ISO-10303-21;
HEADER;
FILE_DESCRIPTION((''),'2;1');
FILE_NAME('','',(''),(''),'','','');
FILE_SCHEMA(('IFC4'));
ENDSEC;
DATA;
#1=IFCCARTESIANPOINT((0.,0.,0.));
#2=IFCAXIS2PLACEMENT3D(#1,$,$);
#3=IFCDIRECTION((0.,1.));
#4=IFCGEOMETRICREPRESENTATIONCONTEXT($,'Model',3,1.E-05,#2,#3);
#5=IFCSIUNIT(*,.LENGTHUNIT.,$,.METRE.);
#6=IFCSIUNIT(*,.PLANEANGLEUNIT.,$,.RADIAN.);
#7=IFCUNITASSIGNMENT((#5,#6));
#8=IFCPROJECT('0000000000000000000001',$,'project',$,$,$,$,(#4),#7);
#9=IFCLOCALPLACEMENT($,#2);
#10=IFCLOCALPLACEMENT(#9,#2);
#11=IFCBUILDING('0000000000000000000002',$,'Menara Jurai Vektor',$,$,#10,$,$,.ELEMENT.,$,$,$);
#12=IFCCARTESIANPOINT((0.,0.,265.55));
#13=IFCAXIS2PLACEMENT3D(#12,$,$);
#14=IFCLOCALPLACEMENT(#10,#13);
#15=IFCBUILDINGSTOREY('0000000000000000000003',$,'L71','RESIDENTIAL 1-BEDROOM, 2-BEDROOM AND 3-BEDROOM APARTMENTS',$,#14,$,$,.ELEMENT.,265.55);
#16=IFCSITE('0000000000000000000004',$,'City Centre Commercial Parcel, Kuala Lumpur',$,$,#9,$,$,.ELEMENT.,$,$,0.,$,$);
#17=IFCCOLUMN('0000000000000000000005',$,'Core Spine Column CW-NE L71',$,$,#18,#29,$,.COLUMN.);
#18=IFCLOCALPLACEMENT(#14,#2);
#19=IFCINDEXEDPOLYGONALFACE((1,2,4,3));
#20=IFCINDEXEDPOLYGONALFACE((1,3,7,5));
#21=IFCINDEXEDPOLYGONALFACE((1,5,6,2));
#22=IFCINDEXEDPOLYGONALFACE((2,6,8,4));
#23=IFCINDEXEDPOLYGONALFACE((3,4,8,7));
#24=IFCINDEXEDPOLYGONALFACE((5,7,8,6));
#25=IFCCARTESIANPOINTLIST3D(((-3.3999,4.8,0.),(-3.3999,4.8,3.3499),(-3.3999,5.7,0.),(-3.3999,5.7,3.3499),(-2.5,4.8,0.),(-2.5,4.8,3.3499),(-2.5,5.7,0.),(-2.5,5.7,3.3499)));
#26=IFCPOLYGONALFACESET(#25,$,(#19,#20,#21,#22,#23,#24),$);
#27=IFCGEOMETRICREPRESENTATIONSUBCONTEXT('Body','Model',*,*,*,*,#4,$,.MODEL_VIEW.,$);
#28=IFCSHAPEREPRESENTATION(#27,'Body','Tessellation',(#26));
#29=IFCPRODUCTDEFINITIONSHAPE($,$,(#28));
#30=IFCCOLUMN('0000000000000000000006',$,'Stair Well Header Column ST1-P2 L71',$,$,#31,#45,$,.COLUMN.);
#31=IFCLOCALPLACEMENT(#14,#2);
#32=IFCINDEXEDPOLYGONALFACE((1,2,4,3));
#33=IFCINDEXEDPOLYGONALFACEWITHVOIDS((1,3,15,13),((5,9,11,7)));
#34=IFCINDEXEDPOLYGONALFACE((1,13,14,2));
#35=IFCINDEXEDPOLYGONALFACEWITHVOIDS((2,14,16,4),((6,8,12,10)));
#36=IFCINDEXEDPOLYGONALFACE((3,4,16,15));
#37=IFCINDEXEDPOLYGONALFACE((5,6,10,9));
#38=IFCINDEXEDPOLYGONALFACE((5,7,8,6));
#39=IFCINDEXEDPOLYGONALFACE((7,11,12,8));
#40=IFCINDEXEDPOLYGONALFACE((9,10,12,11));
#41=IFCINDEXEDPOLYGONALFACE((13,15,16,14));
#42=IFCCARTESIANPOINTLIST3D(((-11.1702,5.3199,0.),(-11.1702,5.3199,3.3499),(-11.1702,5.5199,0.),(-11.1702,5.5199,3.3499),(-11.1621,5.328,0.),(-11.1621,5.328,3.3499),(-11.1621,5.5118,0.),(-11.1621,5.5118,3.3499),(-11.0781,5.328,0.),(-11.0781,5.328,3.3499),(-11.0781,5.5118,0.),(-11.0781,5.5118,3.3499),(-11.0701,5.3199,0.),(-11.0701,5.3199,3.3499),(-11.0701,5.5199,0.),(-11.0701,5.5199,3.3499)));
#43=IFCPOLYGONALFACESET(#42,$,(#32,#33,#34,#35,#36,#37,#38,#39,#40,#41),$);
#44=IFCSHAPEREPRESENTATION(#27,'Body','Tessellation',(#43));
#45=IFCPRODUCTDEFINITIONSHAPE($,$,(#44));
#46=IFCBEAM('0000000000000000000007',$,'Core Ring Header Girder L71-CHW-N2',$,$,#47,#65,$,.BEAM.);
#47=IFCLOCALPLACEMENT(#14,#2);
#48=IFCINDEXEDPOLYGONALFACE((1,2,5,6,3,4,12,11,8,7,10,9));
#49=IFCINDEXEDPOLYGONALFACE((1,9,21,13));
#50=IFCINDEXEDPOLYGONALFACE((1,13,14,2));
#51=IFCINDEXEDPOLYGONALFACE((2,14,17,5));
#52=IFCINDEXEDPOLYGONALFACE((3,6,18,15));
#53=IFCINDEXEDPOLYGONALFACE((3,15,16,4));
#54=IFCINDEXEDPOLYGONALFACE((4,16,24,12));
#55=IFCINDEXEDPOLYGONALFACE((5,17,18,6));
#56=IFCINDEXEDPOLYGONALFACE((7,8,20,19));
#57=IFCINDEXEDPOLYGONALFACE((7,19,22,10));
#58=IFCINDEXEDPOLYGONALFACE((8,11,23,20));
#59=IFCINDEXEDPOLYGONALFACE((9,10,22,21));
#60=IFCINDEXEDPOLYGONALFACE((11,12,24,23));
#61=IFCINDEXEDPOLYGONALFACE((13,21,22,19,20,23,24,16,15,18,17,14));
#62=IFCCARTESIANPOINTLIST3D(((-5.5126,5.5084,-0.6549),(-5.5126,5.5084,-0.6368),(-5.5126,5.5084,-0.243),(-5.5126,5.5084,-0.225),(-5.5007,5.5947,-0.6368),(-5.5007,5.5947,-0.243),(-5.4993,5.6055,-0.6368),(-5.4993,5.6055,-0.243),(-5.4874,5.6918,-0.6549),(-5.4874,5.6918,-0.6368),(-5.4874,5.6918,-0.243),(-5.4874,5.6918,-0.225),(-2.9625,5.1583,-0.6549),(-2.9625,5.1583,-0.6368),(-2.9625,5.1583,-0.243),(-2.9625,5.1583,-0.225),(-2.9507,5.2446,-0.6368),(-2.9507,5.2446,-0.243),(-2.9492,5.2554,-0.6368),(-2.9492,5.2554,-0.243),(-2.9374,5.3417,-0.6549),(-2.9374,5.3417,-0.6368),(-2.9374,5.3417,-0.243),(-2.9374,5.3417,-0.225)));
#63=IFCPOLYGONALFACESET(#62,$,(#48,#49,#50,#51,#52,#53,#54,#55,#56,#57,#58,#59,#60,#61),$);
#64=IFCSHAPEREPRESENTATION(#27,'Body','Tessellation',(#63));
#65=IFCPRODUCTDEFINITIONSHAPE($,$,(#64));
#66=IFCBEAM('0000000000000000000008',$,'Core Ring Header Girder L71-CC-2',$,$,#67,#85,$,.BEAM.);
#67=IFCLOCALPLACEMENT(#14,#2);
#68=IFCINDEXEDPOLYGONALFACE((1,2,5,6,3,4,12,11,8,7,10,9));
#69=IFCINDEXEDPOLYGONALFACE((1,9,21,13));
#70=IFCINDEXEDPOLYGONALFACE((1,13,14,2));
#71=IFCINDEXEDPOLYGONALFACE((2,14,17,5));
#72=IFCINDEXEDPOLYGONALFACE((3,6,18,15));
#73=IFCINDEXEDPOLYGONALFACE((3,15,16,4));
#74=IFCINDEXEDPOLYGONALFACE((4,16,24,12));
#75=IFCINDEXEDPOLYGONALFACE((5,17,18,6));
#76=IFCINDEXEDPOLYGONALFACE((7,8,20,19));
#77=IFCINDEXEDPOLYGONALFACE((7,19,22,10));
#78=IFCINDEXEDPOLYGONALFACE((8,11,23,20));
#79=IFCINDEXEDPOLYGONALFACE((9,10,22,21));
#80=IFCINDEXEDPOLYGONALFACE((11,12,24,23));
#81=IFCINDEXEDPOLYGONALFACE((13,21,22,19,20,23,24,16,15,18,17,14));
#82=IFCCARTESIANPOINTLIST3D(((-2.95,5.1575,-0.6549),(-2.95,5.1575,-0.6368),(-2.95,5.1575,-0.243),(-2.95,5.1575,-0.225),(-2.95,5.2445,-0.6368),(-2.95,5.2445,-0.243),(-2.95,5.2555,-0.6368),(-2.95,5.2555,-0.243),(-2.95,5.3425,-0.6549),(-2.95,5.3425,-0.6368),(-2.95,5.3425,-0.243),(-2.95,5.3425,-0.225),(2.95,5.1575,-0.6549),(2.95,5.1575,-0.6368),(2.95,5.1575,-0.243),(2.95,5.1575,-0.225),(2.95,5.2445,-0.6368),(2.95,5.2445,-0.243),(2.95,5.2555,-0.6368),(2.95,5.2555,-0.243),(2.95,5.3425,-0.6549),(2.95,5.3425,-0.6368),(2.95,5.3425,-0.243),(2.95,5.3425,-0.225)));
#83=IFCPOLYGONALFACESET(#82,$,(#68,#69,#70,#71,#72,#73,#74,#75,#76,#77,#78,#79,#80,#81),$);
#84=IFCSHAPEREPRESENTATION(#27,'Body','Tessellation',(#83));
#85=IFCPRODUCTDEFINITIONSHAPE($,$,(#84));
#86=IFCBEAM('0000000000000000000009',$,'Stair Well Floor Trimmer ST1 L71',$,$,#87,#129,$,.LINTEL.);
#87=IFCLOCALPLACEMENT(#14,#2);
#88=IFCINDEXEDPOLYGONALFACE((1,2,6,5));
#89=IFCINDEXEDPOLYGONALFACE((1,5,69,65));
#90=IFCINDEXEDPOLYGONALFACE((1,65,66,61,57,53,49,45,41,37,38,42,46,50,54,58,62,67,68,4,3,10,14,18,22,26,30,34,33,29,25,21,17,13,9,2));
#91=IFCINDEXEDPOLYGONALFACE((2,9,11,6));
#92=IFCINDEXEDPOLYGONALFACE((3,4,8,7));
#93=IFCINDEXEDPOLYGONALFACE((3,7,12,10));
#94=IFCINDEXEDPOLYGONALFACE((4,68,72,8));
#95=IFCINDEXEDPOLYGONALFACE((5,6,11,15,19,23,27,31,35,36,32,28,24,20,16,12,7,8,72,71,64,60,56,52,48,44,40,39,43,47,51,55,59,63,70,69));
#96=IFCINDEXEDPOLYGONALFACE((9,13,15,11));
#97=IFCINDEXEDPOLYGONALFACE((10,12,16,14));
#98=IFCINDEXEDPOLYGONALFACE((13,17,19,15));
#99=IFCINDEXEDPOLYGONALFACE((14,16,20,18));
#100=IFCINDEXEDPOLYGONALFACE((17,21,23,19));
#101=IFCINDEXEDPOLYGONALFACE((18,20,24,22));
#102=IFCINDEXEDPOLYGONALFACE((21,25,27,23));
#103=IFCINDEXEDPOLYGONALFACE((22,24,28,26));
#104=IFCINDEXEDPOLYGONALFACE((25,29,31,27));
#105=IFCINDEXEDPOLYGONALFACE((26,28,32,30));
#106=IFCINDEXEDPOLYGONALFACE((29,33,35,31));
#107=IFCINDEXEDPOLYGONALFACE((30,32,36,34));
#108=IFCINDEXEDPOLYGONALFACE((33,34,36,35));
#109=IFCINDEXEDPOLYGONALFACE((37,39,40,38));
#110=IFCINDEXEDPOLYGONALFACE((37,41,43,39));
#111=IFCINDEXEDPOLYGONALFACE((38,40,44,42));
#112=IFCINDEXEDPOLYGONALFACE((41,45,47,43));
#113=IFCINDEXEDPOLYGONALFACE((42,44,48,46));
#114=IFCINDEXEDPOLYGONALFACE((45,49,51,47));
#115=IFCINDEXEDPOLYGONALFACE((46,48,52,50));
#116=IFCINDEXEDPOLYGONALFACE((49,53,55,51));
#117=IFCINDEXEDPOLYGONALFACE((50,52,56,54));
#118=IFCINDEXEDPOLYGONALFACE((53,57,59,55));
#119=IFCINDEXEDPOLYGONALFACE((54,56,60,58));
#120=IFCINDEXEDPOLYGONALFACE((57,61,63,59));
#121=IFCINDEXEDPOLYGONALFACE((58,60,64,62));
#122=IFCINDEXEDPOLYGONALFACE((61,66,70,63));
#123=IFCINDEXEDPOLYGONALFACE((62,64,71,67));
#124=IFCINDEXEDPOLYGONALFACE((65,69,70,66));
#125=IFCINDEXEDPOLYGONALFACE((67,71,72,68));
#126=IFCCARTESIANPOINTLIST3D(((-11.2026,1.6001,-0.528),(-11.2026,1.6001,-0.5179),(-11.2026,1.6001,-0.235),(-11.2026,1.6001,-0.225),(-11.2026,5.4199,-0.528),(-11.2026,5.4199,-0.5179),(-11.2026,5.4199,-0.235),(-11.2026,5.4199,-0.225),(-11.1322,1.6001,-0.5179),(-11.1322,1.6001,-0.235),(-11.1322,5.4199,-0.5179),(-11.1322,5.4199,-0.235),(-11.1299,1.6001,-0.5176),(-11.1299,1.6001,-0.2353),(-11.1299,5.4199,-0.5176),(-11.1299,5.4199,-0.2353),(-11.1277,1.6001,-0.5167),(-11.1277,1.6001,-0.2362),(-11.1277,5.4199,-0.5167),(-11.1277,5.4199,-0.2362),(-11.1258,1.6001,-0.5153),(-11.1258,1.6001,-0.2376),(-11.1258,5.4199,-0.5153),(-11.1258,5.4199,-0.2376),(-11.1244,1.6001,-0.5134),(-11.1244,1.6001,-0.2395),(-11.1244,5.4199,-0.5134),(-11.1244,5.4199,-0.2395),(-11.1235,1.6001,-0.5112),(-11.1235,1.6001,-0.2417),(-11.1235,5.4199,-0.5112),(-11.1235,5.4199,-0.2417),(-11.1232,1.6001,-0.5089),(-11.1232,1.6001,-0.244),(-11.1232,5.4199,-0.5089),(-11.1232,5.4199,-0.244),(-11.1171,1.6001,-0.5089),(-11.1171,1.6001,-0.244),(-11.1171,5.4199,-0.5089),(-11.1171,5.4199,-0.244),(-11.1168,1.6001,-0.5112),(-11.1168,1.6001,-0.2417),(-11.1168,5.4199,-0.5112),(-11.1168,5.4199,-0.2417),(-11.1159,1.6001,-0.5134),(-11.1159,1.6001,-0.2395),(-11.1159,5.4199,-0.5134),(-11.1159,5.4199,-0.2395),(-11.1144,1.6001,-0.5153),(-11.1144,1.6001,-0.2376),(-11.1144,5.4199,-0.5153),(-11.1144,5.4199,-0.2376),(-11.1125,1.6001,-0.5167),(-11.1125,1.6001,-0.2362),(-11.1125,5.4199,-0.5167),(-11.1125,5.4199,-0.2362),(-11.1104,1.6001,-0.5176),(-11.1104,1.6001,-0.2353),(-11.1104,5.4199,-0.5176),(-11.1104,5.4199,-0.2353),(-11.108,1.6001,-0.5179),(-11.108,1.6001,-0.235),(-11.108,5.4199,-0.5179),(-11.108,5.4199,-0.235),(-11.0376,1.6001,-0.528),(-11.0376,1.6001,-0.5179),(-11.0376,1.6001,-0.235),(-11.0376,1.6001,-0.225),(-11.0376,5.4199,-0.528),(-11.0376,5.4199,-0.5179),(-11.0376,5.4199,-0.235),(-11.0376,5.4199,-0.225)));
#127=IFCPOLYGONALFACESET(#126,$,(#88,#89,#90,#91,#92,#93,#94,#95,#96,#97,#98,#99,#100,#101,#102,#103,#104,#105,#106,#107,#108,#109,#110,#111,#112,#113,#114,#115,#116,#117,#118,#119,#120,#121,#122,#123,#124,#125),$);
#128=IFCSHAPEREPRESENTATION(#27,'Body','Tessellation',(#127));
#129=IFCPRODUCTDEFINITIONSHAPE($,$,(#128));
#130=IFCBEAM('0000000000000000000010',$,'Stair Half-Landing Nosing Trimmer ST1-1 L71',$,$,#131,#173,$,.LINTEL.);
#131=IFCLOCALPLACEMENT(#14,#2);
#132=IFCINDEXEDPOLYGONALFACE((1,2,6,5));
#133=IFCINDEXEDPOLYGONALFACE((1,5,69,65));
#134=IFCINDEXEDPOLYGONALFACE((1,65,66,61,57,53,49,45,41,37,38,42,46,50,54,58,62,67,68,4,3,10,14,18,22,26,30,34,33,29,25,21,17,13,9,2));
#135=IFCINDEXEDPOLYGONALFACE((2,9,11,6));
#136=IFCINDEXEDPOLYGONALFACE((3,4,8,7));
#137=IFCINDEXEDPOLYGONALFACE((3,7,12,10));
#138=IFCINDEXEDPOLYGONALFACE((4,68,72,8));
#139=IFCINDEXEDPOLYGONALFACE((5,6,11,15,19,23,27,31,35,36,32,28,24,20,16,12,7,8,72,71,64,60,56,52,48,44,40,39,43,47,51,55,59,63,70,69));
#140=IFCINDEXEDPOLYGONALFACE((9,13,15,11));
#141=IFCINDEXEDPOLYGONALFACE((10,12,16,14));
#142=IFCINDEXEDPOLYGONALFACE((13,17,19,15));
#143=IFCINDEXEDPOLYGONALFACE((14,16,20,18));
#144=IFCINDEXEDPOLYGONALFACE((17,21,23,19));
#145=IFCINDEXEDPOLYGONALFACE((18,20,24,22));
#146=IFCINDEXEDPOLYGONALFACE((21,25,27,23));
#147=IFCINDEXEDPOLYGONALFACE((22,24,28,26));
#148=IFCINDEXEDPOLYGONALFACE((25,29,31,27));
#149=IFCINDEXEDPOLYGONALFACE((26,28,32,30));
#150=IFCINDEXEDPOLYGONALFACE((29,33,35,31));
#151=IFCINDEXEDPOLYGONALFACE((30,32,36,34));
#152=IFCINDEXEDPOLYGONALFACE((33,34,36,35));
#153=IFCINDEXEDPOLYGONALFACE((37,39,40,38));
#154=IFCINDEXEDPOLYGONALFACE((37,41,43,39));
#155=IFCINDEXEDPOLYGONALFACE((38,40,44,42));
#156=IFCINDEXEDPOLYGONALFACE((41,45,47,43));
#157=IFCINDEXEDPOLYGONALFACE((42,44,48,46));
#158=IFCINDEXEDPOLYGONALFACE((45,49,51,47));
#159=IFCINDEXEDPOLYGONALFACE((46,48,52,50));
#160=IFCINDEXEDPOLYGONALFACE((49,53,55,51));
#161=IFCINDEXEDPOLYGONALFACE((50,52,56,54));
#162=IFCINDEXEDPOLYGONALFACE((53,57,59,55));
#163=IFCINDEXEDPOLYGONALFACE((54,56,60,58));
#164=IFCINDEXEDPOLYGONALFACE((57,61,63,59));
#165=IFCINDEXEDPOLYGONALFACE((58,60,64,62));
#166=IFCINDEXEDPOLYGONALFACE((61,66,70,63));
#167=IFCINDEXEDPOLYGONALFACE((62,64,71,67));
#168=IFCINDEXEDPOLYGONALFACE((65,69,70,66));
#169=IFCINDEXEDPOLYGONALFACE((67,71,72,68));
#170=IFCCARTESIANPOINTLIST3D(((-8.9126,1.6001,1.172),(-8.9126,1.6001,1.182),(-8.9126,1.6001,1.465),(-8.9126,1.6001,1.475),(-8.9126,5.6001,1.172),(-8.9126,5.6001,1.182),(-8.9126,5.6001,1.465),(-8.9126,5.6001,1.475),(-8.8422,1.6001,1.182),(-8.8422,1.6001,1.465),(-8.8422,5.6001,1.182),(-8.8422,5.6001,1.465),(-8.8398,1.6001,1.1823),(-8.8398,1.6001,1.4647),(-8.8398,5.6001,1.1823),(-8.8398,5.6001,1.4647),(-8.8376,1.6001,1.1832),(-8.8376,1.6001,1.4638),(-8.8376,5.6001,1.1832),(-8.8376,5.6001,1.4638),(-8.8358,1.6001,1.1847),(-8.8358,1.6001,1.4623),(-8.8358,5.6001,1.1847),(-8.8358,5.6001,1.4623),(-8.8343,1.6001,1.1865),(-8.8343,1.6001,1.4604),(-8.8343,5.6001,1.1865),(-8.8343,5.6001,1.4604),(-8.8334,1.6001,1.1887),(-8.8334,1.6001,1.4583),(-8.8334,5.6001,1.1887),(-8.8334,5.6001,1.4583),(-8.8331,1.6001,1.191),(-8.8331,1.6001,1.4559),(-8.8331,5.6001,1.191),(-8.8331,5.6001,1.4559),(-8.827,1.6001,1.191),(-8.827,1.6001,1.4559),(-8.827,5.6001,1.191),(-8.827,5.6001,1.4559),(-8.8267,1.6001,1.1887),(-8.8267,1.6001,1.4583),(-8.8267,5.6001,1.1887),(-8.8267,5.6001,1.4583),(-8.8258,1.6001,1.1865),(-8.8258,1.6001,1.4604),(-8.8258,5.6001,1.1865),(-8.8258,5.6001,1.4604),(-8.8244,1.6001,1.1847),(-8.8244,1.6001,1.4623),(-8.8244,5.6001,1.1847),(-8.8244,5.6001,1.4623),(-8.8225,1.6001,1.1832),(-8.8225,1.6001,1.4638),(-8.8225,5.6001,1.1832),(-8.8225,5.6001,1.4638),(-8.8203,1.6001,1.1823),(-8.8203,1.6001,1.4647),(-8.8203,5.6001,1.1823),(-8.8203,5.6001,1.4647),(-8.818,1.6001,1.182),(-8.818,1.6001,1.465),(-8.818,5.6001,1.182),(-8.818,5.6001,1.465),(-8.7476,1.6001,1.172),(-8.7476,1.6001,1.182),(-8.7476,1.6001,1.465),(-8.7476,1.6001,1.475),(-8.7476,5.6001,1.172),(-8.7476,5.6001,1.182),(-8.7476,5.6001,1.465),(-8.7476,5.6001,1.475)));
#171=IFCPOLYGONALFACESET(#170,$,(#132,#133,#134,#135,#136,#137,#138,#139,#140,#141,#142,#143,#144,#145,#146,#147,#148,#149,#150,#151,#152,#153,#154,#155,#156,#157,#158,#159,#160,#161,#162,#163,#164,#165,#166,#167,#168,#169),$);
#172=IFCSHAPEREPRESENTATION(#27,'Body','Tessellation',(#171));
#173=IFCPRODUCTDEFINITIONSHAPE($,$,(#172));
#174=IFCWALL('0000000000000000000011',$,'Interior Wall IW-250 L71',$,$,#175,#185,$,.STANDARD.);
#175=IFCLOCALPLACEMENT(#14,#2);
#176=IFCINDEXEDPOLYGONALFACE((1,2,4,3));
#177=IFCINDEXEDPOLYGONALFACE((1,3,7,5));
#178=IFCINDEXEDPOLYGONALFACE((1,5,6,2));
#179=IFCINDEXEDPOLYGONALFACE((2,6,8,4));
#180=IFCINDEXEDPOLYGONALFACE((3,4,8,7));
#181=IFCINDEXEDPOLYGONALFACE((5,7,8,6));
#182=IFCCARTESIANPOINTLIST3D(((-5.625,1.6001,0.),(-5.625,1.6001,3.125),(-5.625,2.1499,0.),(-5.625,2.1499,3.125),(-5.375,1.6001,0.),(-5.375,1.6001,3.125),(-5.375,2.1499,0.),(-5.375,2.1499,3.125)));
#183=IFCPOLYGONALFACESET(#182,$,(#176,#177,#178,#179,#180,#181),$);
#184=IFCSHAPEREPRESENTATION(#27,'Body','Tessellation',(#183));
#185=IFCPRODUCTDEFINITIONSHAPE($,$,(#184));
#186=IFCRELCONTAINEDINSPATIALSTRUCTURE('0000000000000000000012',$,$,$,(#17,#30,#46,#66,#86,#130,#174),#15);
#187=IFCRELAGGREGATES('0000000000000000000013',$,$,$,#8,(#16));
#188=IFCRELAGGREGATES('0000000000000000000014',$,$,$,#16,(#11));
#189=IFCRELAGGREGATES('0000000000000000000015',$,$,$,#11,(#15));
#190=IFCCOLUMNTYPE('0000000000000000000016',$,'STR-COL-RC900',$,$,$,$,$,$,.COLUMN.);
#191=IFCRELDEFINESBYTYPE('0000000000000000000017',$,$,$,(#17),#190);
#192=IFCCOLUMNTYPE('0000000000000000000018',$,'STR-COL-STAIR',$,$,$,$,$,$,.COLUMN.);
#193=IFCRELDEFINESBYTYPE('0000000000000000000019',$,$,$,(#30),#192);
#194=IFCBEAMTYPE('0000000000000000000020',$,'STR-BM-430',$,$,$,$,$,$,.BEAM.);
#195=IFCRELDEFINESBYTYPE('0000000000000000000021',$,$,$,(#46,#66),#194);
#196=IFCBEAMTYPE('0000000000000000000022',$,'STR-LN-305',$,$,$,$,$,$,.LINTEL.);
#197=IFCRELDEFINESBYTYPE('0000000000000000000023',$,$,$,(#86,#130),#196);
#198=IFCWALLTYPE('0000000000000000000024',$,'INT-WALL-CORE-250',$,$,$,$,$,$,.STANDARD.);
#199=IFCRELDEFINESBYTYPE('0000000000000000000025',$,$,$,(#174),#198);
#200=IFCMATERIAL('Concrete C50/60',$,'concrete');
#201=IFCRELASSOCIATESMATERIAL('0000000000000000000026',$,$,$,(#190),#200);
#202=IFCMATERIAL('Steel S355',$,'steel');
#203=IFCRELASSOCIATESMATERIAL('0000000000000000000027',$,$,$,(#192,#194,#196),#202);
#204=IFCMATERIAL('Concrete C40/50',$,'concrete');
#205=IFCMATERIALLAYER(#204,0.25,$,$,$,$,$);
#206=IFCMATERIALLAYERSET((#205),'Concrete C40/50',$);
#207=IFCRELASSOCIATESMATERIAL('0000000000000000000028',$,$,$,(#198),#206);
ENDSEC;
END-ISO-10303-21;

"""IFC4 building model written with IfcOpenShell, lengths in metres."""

from ifc_helpers import new_model, si_unit, direction, frame, frame_2d, origin, origin_2d, place, context, subcontext, project, spatial, rectangle, hollow_rectangle, i_section, extrude, material, layer, layer_set, material_profile, profile_set, type_object, element, save


model = new_model("IFC4")

# Units and contexts
model_context = context("Model", 3, precision=1e-05, world=origin(), true_north=direction((0.0, 1.0)))
body_context = subcontext(model_context, "Body", "Model", "MODEL_VIEW")
ifc_project = project(units=[si_unit("LENGTHUNIT", "METRE"), si_unit("PLANEANGLEUNIT", "RADIAN")], contexts=[model_context])

# Site, building, storey
site_placement = place(None, origin())
site = spatial("IfcSite", under=ifc_project, at=site_placement, Name="City Centre Commercial Parcel, Kuala Lumpur", CompositionType="ELEMENT", RefElevation=0.0)
building_placement = place(site_placement, origin())
building = spatial("IfcBuilding", under=site, at=building_placement, Name="Menara Jurai Vektor", CompositionType="ELEMENT")
storey_placement = place(building_placement, frame((0.0, 0.0, 265.55)))
storey = spatial("IfcBuildingStorey", under=building, at=storey_placement, Name="L71", Description="RESIDENTIAL 1-BEDROOM, 2-BEDROOM AND 3-BEDROOM APARTMENTS", CompositionType="ELEMENT", Elevation=265.55)

# Columns
ifc_material_1 = material(Name="Concrete C50/60", Category="concrete")
ifc_material_profile_1 = material_profile(ifc_material_1, rectangle(XDim=0.8999, YDim=0.8999, at=origin_2d()), Name="RC 900x900")
ifc_profile_set_1 = profile_set([ifc_material_profile_1], Name="Concrete C50/60")
column_type_1 = type_object("IfcColumnType", Name="STR-COL-RC900", PredefinedType="COLUMN", material=ifc_profile_set_1)
column_1_placement = place(storey_placement, frame((-2.95, 5.25, 0.0), z_axis=(0.0, 0.0, 1.0), x_axis=(1.0, 0.0, 0.0)))
element("IfcColumn", 1, at=column_1_placement, inside=storey, type_object=column_type_1, Name="Core Spine Column CW-NE L71", PredefinedType="COLUMN", context=body_context, shape_type="SweptSolid", body=[
    extrude(rectangle(XDim=0.8999, YDim=0.8999, at=origin_2d()), origin(), (0.0, 0.0, 1.0), 3.3499),
])
ifc_material_2 = material(Name="Steel S355", Category="steel")
ifc_material_profile_2 = material_profile(ifc_material_2, hollow_rectangle(XDim=0.1001, YDim=0.2, WallThickness=0.0081, at=origin_2d()), Name="RHS 200x100x8")
ifc_profile_set_2 = profile_set([ifc_material_profile_2], Name="Steel S355")
column_type_2 = type_object("IfcColumnType", Name="STR-COL-STAIR", PredefinedType="COLUMN", material=ifc_profile_set_2)
column_2_placement = place(storey_placement, frame((-11.1201, 5.4199, 0.0), z_axis=(0.0, 0.0, 1.0), x_axis=(1.0, 0.0, 0.0)))
element("IfcColumn", 2, at=column_2_placement, inside=storey, type_object=column_type_2, Name="Stair Well Header Column ST1-P2 L71", PredefinedType="COLUMN", context=body_context, shape_type="SweptSolid", body=[
    extrude(hollow_rectangle(XDim=0.1001, YDim=0.2, WallThickness=0.0081, at=origin_2d()), origin(), (0.0, 0.0, 1.0), 3.3499),
])

# Beams
ifc_material_profile_3 = material_profile(ifc_material_2, i_section(OverallWidth=0.1851, OverallDepth=0.4299, WebThickness=0.011, FlangeThickness=0.0181, at=origin_2d()), Name="PG 430x185x76")
ifc_profile_set_3 = profile_set([ifc_material_profile_3], Name="Steel S355")
beam_type_1 = type_object("IfcBeamType", Name="STR-BM-430", PredefinedType="BEAM", material=ifc_profile_set_3)
beam_1_placement = place(storey_placement, frame((-5.5, 5.6001, -0.4399), z_axis=(0.990707, -0.136015, 0.0), x_axis=(0.136015, 0.990707, 0.0)))
element("IfcBeam", 3, at=beam_1_placement, inside=storey, type_object=beam_type_1, Name="Core Ring Header Girder L71-CHW-N2", PredefinedType="BEAM", context=body_context, shape_type="SweptSolid", body=[
    extrude(i_section(OverallWidth=0.1851, OverallDepth=0.4299, WebThickness=0.011, FlangeThickness=0.0181, at=origin_2d()), origin(), (0.0, 0.0, 1.0), 2.574),
])
beam_2_placement = place(storey_placement, frame((-2.95, 5.25, -0.4399), z_axis=(1.0, 0.0, 0.0), x_axis=(0.0, 1.0, 0.0)))
element("IfcBeam", 4, at=beam_2_placement, inside=storey, type_object=beam_type_1, Name="Core Ring Header Girder L71-CC-2", PredefinedType="BEAM", context=body_context, shape_type="SweptSolid", body=[
    extrude(i_section(OverallWidth=0.1851, OverallDepth=0.4299, WebThickness=0.011, FlangeThickness=0.0181, at=origin_2d()), origin(), (0.0, 0.0, 1.0), 5.8999),
])
ifc_material_profile_4 = material_profile(ifc_material_2, i_section(OverallWidth=0.165, OverallDepth=0.303, WebThickness=0.0061, FlangeThickness=0.01, FilletRadius=0.009, at=origin_2d()), Name="UKB 305x165x40")
ifc_profile_set_4 = profile_set([ifc_material_profile_4], Name="Steel S355")
beam_type_2 = type_object("IfcBeamType", Name="STR-LN-305", PredefinedType="LINTEL", material=ifc_profile_set_4)
beam_3_placement = place(storey_placement, frame((-11.1201, 1.6001, -0.3765), z_axis=(0.0, 1.0, 0.0), x_axis=(-1.0, 0.0, 0.0)))
element("IfcBeam", 5, at=beam_3_placement, inside=storey, type_object=beam_type_2, Name="Stair Well Floor Trimmer ST1 L71", PredefinedType="LINTEL", context=body_context, shape_type="SweptSolid", body=[
    extrude(i_section(OverallWidth=0.165, OverallDepth=0.303, WebThickness=0.0061, FlangeThickness=0.01, FilletRadius=0.009, at=origin_2d()), origin(), (0.0, 0.0, 1.0), 3.8198),
])
beam_4_placement = place(storey_placement, frame((-8.8301, 1.6001, 1.3235), z_axis=(0.0, 1.0, 0.0), x_axis=(-1.0, 0.0, 0.0)))
element("IfcBeam", 6, at=beam_4_placement, inside=storey, type_object=beam_type_2, Name="Stair Half-Landing Nosing Trimmer ST1-1 L71", PredefinedType="LINTEL", context=body_context, shape_type="SweptSolid", body=[
    extrude(i_section(OverallWidth=0.165, OverallDepth=0.303, WebThickness=0.0061, FlangeThickness=0.01, FilletRadius=0.009, at=origin_2d()), origin(), (0.0, 0.0, 1.0), 4.0),
])

# Wall
ifc_material_3 = material(Name="Concrete C40/50", Category="concrete")
ifc_layer_1 = layer(ifc_material_3, 0.25)
ifc_layer_set_1 = layer_set([ifc_layer_1], Name="Concrete C40/50")
wall_type_1 = type_object("IfcWallType", Name="INT-WALL-CORE-250", PredefinedType="STANDARD", material=ifc_layer_set_1)
wall_1_placement = place(storey_placement, frame((-5.5, 1.6001, 0.0), z_axis=(0.0, 0.0, 1.0), x_axis=(0.0, 1.0, 0.0)))
element("IfcWall", 7, at=wall_1_placement, inside=storey, type_object=wall_type_1, Name="Interior Wall IW-250 L71", PredefinedType="STANDARD", context=body_context, shape_type="SweptSolid", body=[
    extrude(rectangle(XDim=0.5498, YDim=0.25, at=frame_2d((0.2749, 0.0))), origin(), (0.0, 0.0, 1.0), 3.125),
])

save(model, "model.ifc")
